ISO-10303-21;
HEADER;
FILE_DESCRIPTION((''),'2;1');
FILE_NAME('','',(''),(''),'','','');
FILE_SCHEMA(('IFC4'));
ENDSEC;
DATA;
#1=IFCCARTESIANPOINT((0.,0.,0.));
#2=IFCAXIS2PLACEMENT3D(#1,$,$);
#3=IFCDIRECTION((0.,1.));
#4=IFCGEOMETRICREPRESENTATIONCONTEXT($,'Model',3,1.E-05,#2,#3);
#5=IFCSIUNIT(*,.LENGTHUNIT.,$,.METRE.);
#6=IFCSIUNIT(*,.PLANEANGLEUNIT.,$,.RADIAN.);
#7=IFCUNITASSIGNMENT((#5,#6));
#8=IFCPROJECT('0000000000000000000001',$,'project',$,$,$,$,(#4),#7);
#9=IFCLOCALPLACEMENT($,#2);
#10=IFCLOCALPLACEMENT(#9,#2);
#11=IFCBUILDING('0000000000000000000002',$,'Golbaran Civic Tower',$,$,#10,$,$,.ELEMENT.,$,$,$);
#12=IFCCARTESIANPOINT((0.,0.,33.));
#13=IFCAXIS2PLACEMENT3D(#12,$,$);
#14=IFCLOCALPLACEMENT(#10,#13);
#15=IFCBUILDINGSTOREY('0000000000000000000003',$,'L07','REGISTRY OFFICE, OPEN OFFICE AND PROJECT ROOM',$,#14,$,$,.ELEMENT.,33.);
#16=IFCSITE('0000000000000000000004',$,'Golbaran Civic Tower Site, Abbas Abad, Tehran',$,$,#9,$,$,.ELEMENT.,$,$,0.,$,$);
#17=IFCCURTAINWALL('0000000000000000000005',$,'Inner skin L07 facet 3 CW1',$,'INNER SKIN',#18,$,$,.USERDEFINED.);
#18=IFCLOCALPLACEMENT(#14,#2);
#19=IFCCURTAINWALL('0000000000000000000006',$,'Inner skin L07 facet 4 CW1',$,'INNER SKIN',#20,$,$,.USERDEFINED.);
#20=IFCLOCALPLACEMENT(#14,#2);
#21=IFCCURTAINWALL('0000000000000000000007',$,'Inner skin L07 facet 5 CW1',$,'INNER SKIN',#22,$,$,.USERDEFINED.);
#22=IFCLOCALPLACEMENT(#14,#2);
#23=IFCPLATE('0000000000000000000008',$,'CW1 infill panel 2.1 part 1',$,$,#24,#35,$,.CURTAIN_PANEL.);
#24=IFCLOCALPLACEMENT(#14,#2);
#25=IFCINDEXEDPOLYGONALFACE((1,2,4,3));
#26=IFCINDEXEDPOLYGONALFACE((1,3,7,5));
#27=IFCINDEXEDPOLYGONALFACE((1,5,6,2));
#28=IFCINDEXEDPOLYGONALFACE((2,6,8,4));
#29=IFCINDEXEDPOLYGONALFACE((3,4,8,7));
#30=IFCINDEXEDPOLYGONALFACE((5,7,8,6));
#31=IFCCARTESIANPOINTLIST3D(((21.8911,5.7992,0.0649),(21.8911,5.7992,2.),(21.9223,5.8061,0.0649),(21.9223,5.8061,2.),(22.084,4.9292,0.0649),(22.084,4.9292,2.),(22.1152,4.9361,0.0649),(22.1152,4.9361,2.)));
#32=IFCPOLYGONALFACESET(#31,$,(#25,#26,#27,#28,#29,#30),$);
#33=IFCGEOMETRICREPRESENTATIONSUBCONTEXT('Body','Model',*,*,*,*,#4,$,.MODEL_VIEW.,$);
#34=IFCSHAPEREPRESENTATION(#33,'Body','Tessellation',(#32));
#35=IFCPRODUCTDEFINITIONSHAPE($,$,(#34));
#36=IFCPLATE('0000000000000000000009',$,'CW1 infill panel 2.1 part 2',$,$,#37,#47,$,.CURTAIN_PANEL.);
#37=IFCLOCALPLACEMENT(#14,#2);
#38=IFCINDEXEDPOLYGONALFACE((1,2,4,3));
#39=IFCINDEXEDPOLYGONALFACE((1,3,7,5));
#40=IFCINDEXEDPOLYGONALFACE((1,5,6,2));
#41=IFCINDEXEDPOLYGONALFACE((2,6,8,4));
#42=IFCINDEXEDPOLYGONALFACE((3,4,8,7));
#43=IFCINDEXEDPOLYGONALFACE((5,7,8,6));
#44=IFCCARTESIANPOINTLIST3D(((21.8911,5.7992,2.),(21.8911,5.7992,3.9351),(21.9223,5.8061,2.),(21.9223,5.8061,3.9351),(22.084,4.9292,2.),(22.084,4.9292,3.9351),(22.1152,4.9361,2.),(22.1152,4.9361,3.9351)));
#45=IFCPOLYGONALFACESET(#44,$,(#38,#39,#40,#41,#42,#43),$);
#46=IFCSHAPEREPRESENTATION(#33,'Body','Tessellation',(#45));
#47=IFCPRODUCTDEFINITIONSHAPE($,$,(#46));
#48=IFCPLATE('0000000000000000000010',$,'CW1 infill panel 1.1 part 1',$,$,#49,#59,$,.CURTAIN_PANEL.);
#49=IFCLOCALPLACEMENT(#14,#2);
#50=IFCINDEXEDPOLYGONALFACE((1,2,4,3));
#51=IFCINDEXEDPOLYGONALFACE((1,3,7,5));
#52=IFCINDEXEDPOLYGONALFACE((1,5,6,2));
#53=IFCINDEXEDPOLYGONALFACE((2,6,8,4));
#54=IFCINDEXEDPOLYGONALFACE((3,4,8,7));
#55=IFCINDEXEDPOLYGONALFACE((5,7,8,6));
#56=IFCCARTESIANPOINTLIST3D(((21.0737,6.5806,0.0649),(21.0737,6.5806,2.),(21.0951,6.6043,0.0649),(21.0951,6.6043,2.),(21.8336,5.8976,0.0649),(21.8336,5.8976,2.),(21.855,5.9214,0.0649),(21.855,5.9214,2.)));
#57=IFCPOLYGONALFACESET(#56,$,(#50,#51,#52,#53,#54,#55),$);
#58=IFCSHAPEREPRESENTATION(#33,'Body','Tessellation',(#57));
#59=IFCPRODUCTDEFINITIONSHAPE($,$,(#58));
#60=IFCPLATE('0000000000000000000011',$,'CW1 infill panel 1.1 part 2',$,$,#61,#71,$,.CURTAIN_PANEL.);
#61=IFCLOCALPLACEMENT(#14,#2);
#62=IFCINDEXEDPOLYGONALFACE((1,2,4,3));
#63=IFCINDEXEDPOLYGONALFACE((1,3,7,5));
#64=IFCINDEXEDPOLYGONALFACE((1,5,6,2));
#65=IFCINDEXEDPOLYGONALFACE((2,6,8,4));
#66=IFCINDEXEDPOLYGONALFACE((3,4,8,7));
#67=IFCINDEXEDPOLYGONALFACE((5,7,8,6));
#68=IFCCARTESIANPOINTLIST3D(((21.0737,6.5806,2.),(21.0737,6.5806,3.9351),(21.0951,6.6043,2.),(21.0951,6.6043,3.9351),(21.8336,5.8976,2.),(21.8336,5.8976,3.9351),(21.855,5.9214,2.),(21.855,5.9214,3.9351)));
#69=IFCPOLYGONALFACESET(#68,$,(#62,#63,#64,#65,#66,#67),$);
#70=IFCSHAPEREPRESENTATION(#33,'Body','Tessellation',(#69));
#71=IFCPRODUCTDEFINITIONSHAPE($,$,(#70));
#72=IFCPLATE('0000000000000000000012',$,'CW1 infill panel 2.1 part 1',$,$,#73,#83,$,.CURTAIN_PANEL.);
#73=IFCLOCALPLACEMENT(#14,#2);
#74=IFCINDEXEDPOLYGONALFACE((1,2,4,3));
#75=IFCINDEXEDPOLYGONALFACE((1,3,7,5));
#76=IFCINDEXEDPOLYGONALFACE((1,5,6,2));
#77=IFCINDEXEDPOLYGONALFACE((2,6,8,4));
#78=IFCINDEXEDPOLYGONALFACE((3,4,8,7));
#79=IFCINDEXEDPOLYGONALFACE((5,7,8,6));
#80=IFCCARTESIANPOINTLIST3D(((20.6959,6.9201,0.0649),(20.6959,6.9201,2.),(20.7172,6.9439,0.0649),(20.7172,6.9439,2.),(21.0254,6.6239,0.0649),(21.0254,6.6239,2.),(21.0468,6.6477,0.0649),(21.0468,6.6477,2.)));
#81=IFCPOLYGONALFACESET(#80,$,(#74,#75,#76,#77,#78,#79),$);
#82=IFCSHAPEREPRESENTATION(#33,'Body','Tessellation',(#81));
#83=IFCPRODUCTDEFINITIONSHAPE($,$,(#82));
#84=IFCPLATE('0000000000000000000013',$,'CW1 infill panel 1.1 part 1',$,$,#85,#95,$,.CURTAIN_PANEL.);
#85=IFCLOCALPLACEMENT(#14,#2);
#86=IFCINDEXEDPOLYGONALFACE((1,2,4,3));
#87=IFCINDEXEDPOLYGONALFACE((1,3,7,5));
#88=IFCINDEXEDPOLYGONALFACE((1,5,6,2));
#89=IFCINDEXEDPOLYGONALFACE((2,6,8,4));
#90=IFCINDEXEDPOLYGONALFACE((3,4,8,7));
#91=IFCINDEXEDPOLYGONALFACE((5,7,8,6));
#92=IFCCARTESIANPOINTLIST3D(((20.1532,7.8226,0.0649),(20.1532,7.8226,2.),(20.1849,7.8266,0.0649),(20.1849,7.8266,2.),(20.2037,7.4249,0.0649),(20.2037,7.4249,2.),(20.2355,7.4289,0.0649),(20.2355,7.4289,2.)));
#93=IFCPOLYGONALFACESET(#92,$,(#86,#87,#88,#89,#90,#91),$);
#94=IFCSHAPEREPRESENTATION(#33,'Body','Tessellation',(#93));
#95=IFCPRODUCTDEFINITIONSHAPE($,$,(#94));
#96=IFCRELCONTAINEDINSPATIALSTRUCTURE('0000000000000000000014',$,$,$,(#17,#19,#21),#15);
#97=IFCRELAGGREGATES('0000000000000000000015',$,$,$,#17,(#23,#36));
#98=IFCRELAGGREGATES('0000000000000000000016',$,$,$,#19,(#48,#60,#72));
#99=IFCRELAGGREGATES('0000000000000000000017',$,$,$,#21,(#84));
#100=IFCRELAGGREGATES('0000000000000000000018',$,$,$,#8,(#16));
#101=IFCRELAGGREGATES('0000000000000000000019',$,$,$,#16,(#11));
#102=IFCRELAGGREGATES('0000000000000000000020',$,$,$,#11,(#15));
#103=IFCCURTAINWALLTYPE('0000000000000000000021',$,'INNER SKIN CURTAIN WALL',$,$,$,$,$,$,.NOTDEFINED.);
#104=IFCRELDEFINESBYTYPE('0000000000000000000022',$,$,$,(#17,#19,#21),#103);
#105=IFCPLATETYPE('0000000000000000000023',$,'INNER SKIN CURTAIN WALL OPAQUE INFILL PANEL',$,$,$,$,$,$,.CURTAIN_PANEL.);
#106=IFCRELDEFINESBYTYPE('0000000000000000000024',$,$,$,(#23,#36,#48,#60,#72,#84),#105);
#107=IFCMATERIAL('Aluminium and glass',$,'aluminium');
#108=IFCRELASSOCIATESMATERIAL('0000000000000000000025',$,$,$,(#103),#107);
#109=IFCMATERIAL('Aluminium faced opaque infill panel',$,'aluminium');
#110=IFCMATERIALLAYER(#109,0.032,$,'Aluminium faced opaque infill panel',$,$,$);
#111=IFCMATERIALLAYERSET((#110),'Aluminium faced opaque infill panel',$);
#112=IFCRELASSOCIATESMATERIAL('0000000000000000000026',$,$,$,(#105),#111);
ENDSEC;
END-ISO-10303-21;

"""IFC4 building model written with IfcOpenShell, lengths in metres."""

from ifc_helpers import new_model, si_unit, direction, frame, origin, origin_2d, place, context, subcontext, project, spatial, rectangle, extrude, material, layer, layer_set, type_object, element, aggregate, save


model = new_model("IFC4")

# Units and contexts
model_context = context("Model", 3, precision=1e-05, world=origin(), true_north=direction((0.0, 1.0)))
body_context = subcontext(model_context, "Body", "Model", "MODEL_VIEW")
ifc_project = project(units=[si_unit("LENGTHUNIT", "METRE"), si_unit("PLANEANGLEUNIT", "RADIAN")], contexts=[model_context])

# Site, building, storey
site_placement = place(None, origin())
site = spatial("IfcSite", under=ifc_project, at=site_placement, Name="Golbaran Civic Tower Site, Abbas Abad, Tehran", CompositionType="ELEMENT", RefElevation=0.0)
building_placement = place(site_placement, origin())
building = spatial("IfcBuilding", under=site, at=building_placement, Name="Golbaran Civic Tower", CompositionType="ELEMENT")
storey_placement = place(building_placement, frame((0.0, 0.0, 33.0)))
storey = spatial("IfcBuildingStorey", under=building, at=storey_placement, Name="L07", Description="REGISTRY OFFICE, OPEN OFFICE AND PROJECT ROOM", CompositionType="ELEMENT", Elevation=33.0)

# Curtain wall
ifc_material_1 = material(Name="Aluminium and glass", Category="aluminium")
curtain_wall_type = type_object("IfcCurtainWallType", Name="INNER SKIN CURTAIN WALL", PredefinedType="NOTDEFINED", material=ifc_material_1)
curtain_wall_1_placement = place(storey_placement, origin())
curtain_wall_1 = element("IfcCurtainWall", 1, at=curtain_wall_1_placement, inside=storey, type_object=curtain_wall_type, Name="Inner skin L07 facet 3 CW1", ObjectType="INNER SKIN", PredefinedType="USERDEFINED")

# Curtain walls
curtain_wall_2_placement = place(storey_placement, origin())
curtain_wall_2 = element("IfcCurtainWall", 2, at=curtain_wall_2_placement, inside=storey, type_object=curtain_wall_type, Name="Inner skin L07 facet 4 CW1", ObjectType="INNER SKIN", PredefinedType="USERDEFINED")
curtain_wall_3_placement = place(storey_placement, origin())
curtain_wall_3 = element("IfcCurtainWall", 3, at=curtain_wall_3_placement, inside=storey, type_object=curtain_wall_type, Name="Inner skin L07 facet 5 CW1", ObjectType="INNER SKIN", PredefinedType="USERDEFINED")

# Plates
ifc_material_2 = material(Name="Aluminium faced opaque infill panel", Category="aluminium")
ifc_layer_1 = layer(ifc_material_2, 0.032, Name="Aluminium faced opaque infill panel")
ifc_layer_set_1 = layer_set([ifc_layer_1], Name="Aluminium faced opaque infill panel")
plate_type_1 = type_object("IfcPlateType", Name="INNER SKIN CURTAIN WALL OPAQUE INFILL PANEL", PredefinedType="CURTAIN_PANEL", material=ifc_layer_set_1)
plate_1_placement = place(storey_placement, frame((22.0032, 5.3677, 0.0649), z_axis=(0.0, 0.0, 1.0), x_axis=(-0.21644, 0.976296, 0.0)))
plate_1 = element("IfcPlate", 4, at=plate_1_placement, type_object=plate_type_1, Name="CW1 infill panel 2.1 part 1", PredefinedType="CURTAIN_PANEL", context=body_context, shape_type="SweptSolid", body=[
    extrude(rectangle(XDim=0.8911, YDim=0.032, at=origin_2d()), origin(), (0.0, 0.0, 1.0), 1.9351),
])
plate_2_placement = place(storey_placement, frame((22.0032, 5.3677, 2.0), z_axis=(0.0, 0.0, 1.0), x_axis=(-0.21644, 0.976296, 0.0)))
plate_2 = element("IfcPlate", 5, at=plate_2_placement, type_object=plate_type_1, Name="CW1 infill panel 2.1 part 2", PredefinedType="CURTAIN_PANEL", context=body_context, shape_type="SweptSolid", body=[
    extrude(rectangle(XDim=0.8911, YDim=0.032, at=origin_2d()), origin(), (0.0, 0.0, 1.0), 1.9351),
])
aggregate(curtain_wall_1, [plate_1, plate_2])
plate_3_placement = place(storey_placement, frame((21.4644, 6.251, 0.0649), z_axis=(0.0, 0.0, 1.0), x_axis=(-0.743784, 0.66842, 0.0)))
plate_3 = element("IfcPlate", 6, at=plate_3_placement, type_object=plate_type_1, Name="CW1 infill panel 1.1 part 1", PredefinedType="CURTAIN_PANEL", context=body_context, shape_type="SweptSolid", body=[
    extrude(rectangle(XDim=1.0217, YDim=0.032, at=origin_2d()), origin(), (0.0, 0.0, 1.0), 1.9351),
])
plate_4_placement = place(storey_placement, frame((21.4644, 6.251, 2.0), z_axis=(0.0, 0.0, 1.0), x_axis=(-0.743784, 0.66842, 0.0)))
plate_4 = element("IfcPlate", 7, at=plate_4_placement, type_object=plate_type_1, Name="CW1 infill panel 1.1 part 2", PredefinedType="CURTAIN_PANEL", context=body_context, shape_type="SweptSolid", body=[
    extrude(rectangle(XDim=1.0217, YDim=0.032, at=origin_2d()), origin(), (0.0, 0.0, 1.0), 1.9351),
])
plate_5_placement = place(storey_placement, frame((20.8713, 6.7839, 0.0649), z_axis=(0.0, 0.0, 1.0), x_axis=(-0.743784, 0.66842, 0.0)))
plate_5 = element("IfcPlate", 8, at=plate_5_placement, type_object=plate_type_1, Name="CW1 infill panel 2.1 part 1", PredefinedType="CURTAIN_PANEL", context=body_context, shape_type="SweptSolid", body=[
    extrude(rectangle(XDim=0.4431, YDim=0.032, at=origin_2d()), origin(), (0.0, 0.0, 1.0), 1.9351),
])
aggregate(curtain_wall_2, [plate_3, plate_4, plate_5])
plate_6_placement = place(storey_placement, frame((20.1943, 7.6257, 0.0649), z_axis=(0.0, 0.0, 1.0), x_axis=(-0.126024, 0.992027, 0.0)))
plate_6 = element("IfcPlate", 9, at=plate_6_placement, type_object=plate_type_1, Name="CW1 infill panel 1.1 part 1", PredefinedType="CURTAIN_PANEL", context=body_context, shape_type="SweptSolid", body=[
    extrude(rectangle(XDim=0.4009, YDim=0.032, at=origin_2d()), origin(), (0.0, 0.0, 1.0), 1.9351),
])
aggregate(curtain_wall_3, [plate_6])

save(model, "model.ifc")
